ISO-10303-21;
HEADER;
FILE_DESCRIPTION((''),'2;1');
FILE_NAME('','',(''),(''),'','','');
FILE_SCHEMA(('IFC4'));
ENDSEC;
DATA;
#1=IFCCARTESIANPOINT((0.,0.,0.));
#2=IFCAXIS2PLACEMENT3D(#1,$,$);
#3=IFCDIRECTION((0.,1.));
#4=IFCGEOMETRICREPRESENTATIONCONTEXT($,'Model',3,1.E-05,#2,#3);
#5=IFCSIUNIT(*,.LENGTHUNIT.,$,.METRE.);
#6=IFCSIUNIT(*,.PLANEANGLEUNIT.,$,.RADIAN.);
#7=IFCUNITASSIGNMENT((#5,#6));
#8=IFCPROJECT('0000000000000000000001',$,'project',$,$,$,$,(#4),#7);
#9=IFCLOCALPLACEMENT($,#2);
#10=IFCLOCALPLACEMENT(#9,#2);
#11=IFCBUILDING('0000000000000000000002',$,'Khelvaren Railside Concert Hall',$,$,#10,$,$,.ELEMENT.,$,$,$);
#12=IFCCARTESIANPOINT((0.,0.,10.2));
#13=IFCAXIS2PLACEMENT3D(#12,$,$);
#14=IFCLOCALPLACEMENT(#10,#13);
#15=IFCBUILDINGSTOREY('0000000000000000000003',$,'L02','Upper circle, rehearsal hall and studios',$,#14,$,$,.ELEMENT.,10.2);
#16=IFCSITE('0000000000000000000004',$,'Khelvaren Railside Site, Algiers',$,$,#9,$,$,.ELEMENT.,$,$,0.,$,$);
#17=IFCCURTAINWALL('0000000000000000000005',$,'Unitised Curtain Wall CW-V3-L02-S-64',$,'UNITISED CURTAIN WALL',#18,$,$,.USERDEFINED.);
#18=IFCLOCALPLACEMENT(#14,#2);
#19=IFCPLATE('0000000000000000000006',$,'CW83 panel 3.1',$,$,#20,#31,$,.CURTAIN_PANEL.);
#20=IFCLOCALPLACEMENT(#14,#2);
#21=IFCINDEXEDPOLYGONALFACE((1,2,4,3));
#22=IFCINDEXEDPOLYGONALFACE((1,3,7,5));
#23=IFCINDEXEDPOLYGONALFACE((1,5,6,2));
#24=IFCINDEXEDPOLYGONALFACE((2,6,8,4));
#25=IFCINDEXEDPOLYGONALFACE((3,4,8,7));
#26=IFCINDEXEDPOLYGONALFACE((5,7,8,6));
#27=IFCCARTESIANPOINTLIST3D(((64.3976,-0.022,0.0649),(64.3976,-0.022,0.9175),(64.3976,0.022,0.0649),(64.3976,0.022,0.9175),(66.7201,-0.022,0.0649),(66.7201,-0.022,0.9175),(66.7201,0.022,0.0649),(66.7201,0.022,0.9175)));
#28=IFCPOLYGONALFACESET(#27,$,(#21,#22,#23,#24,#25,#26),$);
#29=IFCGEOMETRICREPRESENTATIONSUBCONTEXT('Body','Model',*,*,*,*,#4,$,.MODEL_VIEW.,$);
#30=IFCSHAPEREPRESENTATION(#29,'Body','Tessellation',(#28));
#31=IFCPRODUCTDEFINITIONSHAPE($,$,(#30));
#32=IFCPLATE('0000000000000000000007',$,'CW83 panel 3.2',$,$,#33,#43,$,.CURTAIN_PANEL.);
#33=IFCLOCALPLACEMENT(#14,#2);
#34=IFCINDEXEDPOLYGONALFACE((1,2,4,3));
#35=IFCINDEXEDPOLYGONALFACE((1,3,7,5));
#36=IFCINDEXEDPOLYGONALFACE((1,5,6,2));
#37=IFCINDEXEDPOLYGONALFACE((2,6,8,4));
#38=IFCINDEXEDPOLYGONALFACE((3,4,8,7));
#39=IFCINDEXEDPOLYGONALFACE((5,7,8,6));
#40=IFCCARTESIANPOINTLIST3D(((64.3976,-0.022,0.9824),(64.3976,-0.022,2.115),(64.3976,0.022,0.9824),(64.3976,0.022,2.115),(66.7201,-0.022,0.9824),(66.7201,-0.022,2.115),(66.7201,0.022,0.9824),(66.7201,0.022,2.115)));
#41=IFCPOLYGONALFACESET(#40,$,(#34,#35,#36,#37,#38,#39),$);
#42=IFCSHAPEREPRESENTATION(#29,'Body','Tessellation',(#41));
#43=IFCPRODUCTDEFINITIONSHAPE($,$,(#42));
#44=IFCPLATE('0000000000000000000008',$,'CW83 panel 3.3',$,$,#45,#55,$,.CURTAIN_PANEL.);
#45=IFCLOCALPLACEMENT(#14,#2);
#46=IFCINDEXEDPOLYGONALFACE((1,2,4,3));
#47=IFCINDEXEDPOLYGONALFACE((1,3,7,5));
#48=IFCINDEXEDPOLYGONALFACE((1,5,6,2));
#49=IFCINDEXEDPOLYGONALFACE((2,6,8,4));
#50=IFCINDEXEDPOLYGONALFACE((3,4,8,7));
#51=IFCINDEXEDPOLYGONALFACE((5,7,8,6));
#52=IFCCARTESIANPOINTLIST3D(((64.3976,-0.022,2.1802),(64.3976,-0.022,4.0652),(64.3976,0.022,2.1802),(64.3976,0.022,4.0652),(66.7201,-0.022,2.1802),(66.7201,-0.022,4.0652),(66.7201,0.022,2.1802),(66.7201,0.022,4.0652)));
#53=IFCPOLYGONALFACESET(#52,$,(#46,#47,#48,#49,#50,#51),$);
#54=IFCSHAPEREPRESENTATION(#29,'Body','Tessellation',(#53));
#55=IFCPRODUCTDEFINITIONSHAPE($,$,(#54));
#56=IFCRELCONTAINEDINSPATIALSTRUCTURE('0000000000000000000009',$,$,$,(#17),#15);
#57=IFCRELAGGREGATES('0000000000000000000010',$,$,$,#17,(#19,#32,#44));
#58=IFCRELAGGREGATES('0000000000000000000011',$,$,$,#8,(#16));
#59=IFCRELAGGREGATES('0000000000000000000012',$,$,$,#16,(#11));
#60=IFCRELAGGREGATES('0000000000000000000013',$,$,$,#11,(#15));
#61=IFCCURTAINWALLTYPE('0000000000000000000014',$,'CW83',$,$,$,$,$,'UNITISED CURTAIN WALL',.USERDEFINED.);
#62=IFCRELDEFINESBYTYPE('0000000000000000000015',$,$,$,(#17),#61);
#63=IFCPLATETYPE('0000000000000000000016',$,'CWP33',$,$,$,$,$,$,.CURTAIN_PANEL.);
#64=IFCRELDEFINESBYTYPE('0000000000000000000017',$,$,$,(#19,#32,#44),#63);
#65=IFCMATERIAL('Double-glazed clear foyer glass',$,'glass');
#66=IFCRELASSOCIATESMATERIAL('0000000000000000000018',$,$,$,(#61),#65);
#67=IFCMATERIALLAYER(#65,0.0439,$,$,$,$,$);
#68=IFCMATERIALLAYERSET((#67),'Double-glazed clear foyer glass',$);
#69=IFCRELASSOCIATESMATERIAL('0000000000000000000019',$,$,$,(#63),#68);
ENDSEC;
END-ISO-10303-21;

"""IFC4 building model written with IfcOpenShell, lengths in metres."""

from ifc_helpers import new_model, si_unit, direction, frame, origin, origin_2d, place, context, subcontext, project, spatial, rectangle, extrude, material, layer, layer_set, type_object, element, aggregate, save


model = new_model("IFC4")

# Units and contexts
model_context = context("Model", 3, precision=1e-05, world=origin(), true_north=direction((0.0, 1.0)))
body_context = subcontext(model_context, "Body", "Model", "MODEL_VIEW")
ifc_project = project(units=[si_unit("LENGTHUNIT", "METRE"), si_unit("PLANEANGLEUNIT", "RADIAN")], contexts=[model_context])

# Site, building, storey
site_placement = place(None, origin())
site = spatial("IfcSite", under=ifc_project, at=site_placement, Name="Khelvaren Railside Site, Algiers", CompositionType="ELEMENT", RefElevation=0.0)
building_placement = place(site_placement, origin())
building = spatial("IfcBuilding", under=site, at=building_placement, Name="Khelvaren Railside Concert Hall", CompositionType="ELEMENT")
storey_placement = place(building_placement, frame((0.0, 0.0, 10.2)))
storey = spatial("IfcBuildingStorey", under=building, at=storey_placement, Name="L02", Description="Upper circle, rehearsal hall and studios", CompositionType="ELEMENT", Elevation=10.2)

# Curtain wall
ifc_material_1 = material(Name="Double-glazed clear foyer glass", Category="glass")
curtain_wall_type = type_object("IfcCurtainWallType", Name="CW83", ElementType="UNITISED CURTAIN WALL", PredefinedType="USERDEFINED", material=ifc_material_1)
curtain_wall_placement = place(storey_placement, origin())
curtain_wall = element("IfcCurtainWall", 1, at=curtain_wall_placement, inside=storey, type_object=curtain_wall_type, Name="Unitised Curtain Wall CW-V3-L02-S-64", ObjectType="UNITISED CURTAIN WALL", PredefinedType="USERDEFINED")

# Plates
ifc_layer = layer(ifc_material_1, 0.0439)
ifc_layer_set = layer_set([ifc_layer], Name="Double-glazed clear foyer glass")
plate_type = type_object("IfcPlateType", Name="CWP33", PredefinedType="CURTAIN_PANEL", material=ifc_layer_set)
plate_1_placement = place(storey_placement, frame((65.5588, 0.0, 0.0649), z_axis=(0.0, 0.0, 1.0), x_axis=(-1.0, 0.0, 0.0)))
plate_1 = element("IfcPlate", 2, at=plate_1_placement, type_object=plate_type, Name="CW83 panel 3.1", PredefinedType="CURTAIN_PANEL", context=body_context, shape_type="SweptSolid", body=[
    extrude(rectangle(XDim=2.3225, YDim=0.0439, at=origin_2d()), origin(), (0.0, 0.0, 1.0), 0.8525),
])
plate_2_placement = place(storey_placement, frame((65.5588, 0.0, 0.9824), z_axis=(0.0, 0.0, 1.0), x_axis=(-1.0, 0.0, 0.0)))
plate_2 = element("IfcPlate", 3, at=plate_2_placement, type_object=plate_type, Name="CW83 panel 3.2", PredefinedType="CURTAIN_PANEL", context=body_context, shape_type="SweptSolid", body=[
    extrude(rectangle(XDim=2.3225, YDim=0.0439, at=origin_2d()), origin(), (0.0, 0.0, 1.0), 1.1326),
])
plate_3_placement = place(storey_placement, frame((65.5588, 0.0, 2.1802), z_axis=(0.0, 0.0, 1.0), x_axis=(-1.0, 0.0, 0.0)))
plate_3 = element("IfcPlate", 4, at=plate_3_placement, type_object=plate_type, Name="CW83 panel 3.3", PredefinedType="CURTAIN_PANEL", context=body_context, shape_type="SweptSolid", body=[
    extrude(rectangle(XDim=2.3225, YDim=0.0439, at=origin_2d()), origin(), (0.0, 0.0, 1.0), 1.885),
])
aggregate(curtain_wall, [plate_1, plate_2, plate_3])

save(model, "model.ifc")
